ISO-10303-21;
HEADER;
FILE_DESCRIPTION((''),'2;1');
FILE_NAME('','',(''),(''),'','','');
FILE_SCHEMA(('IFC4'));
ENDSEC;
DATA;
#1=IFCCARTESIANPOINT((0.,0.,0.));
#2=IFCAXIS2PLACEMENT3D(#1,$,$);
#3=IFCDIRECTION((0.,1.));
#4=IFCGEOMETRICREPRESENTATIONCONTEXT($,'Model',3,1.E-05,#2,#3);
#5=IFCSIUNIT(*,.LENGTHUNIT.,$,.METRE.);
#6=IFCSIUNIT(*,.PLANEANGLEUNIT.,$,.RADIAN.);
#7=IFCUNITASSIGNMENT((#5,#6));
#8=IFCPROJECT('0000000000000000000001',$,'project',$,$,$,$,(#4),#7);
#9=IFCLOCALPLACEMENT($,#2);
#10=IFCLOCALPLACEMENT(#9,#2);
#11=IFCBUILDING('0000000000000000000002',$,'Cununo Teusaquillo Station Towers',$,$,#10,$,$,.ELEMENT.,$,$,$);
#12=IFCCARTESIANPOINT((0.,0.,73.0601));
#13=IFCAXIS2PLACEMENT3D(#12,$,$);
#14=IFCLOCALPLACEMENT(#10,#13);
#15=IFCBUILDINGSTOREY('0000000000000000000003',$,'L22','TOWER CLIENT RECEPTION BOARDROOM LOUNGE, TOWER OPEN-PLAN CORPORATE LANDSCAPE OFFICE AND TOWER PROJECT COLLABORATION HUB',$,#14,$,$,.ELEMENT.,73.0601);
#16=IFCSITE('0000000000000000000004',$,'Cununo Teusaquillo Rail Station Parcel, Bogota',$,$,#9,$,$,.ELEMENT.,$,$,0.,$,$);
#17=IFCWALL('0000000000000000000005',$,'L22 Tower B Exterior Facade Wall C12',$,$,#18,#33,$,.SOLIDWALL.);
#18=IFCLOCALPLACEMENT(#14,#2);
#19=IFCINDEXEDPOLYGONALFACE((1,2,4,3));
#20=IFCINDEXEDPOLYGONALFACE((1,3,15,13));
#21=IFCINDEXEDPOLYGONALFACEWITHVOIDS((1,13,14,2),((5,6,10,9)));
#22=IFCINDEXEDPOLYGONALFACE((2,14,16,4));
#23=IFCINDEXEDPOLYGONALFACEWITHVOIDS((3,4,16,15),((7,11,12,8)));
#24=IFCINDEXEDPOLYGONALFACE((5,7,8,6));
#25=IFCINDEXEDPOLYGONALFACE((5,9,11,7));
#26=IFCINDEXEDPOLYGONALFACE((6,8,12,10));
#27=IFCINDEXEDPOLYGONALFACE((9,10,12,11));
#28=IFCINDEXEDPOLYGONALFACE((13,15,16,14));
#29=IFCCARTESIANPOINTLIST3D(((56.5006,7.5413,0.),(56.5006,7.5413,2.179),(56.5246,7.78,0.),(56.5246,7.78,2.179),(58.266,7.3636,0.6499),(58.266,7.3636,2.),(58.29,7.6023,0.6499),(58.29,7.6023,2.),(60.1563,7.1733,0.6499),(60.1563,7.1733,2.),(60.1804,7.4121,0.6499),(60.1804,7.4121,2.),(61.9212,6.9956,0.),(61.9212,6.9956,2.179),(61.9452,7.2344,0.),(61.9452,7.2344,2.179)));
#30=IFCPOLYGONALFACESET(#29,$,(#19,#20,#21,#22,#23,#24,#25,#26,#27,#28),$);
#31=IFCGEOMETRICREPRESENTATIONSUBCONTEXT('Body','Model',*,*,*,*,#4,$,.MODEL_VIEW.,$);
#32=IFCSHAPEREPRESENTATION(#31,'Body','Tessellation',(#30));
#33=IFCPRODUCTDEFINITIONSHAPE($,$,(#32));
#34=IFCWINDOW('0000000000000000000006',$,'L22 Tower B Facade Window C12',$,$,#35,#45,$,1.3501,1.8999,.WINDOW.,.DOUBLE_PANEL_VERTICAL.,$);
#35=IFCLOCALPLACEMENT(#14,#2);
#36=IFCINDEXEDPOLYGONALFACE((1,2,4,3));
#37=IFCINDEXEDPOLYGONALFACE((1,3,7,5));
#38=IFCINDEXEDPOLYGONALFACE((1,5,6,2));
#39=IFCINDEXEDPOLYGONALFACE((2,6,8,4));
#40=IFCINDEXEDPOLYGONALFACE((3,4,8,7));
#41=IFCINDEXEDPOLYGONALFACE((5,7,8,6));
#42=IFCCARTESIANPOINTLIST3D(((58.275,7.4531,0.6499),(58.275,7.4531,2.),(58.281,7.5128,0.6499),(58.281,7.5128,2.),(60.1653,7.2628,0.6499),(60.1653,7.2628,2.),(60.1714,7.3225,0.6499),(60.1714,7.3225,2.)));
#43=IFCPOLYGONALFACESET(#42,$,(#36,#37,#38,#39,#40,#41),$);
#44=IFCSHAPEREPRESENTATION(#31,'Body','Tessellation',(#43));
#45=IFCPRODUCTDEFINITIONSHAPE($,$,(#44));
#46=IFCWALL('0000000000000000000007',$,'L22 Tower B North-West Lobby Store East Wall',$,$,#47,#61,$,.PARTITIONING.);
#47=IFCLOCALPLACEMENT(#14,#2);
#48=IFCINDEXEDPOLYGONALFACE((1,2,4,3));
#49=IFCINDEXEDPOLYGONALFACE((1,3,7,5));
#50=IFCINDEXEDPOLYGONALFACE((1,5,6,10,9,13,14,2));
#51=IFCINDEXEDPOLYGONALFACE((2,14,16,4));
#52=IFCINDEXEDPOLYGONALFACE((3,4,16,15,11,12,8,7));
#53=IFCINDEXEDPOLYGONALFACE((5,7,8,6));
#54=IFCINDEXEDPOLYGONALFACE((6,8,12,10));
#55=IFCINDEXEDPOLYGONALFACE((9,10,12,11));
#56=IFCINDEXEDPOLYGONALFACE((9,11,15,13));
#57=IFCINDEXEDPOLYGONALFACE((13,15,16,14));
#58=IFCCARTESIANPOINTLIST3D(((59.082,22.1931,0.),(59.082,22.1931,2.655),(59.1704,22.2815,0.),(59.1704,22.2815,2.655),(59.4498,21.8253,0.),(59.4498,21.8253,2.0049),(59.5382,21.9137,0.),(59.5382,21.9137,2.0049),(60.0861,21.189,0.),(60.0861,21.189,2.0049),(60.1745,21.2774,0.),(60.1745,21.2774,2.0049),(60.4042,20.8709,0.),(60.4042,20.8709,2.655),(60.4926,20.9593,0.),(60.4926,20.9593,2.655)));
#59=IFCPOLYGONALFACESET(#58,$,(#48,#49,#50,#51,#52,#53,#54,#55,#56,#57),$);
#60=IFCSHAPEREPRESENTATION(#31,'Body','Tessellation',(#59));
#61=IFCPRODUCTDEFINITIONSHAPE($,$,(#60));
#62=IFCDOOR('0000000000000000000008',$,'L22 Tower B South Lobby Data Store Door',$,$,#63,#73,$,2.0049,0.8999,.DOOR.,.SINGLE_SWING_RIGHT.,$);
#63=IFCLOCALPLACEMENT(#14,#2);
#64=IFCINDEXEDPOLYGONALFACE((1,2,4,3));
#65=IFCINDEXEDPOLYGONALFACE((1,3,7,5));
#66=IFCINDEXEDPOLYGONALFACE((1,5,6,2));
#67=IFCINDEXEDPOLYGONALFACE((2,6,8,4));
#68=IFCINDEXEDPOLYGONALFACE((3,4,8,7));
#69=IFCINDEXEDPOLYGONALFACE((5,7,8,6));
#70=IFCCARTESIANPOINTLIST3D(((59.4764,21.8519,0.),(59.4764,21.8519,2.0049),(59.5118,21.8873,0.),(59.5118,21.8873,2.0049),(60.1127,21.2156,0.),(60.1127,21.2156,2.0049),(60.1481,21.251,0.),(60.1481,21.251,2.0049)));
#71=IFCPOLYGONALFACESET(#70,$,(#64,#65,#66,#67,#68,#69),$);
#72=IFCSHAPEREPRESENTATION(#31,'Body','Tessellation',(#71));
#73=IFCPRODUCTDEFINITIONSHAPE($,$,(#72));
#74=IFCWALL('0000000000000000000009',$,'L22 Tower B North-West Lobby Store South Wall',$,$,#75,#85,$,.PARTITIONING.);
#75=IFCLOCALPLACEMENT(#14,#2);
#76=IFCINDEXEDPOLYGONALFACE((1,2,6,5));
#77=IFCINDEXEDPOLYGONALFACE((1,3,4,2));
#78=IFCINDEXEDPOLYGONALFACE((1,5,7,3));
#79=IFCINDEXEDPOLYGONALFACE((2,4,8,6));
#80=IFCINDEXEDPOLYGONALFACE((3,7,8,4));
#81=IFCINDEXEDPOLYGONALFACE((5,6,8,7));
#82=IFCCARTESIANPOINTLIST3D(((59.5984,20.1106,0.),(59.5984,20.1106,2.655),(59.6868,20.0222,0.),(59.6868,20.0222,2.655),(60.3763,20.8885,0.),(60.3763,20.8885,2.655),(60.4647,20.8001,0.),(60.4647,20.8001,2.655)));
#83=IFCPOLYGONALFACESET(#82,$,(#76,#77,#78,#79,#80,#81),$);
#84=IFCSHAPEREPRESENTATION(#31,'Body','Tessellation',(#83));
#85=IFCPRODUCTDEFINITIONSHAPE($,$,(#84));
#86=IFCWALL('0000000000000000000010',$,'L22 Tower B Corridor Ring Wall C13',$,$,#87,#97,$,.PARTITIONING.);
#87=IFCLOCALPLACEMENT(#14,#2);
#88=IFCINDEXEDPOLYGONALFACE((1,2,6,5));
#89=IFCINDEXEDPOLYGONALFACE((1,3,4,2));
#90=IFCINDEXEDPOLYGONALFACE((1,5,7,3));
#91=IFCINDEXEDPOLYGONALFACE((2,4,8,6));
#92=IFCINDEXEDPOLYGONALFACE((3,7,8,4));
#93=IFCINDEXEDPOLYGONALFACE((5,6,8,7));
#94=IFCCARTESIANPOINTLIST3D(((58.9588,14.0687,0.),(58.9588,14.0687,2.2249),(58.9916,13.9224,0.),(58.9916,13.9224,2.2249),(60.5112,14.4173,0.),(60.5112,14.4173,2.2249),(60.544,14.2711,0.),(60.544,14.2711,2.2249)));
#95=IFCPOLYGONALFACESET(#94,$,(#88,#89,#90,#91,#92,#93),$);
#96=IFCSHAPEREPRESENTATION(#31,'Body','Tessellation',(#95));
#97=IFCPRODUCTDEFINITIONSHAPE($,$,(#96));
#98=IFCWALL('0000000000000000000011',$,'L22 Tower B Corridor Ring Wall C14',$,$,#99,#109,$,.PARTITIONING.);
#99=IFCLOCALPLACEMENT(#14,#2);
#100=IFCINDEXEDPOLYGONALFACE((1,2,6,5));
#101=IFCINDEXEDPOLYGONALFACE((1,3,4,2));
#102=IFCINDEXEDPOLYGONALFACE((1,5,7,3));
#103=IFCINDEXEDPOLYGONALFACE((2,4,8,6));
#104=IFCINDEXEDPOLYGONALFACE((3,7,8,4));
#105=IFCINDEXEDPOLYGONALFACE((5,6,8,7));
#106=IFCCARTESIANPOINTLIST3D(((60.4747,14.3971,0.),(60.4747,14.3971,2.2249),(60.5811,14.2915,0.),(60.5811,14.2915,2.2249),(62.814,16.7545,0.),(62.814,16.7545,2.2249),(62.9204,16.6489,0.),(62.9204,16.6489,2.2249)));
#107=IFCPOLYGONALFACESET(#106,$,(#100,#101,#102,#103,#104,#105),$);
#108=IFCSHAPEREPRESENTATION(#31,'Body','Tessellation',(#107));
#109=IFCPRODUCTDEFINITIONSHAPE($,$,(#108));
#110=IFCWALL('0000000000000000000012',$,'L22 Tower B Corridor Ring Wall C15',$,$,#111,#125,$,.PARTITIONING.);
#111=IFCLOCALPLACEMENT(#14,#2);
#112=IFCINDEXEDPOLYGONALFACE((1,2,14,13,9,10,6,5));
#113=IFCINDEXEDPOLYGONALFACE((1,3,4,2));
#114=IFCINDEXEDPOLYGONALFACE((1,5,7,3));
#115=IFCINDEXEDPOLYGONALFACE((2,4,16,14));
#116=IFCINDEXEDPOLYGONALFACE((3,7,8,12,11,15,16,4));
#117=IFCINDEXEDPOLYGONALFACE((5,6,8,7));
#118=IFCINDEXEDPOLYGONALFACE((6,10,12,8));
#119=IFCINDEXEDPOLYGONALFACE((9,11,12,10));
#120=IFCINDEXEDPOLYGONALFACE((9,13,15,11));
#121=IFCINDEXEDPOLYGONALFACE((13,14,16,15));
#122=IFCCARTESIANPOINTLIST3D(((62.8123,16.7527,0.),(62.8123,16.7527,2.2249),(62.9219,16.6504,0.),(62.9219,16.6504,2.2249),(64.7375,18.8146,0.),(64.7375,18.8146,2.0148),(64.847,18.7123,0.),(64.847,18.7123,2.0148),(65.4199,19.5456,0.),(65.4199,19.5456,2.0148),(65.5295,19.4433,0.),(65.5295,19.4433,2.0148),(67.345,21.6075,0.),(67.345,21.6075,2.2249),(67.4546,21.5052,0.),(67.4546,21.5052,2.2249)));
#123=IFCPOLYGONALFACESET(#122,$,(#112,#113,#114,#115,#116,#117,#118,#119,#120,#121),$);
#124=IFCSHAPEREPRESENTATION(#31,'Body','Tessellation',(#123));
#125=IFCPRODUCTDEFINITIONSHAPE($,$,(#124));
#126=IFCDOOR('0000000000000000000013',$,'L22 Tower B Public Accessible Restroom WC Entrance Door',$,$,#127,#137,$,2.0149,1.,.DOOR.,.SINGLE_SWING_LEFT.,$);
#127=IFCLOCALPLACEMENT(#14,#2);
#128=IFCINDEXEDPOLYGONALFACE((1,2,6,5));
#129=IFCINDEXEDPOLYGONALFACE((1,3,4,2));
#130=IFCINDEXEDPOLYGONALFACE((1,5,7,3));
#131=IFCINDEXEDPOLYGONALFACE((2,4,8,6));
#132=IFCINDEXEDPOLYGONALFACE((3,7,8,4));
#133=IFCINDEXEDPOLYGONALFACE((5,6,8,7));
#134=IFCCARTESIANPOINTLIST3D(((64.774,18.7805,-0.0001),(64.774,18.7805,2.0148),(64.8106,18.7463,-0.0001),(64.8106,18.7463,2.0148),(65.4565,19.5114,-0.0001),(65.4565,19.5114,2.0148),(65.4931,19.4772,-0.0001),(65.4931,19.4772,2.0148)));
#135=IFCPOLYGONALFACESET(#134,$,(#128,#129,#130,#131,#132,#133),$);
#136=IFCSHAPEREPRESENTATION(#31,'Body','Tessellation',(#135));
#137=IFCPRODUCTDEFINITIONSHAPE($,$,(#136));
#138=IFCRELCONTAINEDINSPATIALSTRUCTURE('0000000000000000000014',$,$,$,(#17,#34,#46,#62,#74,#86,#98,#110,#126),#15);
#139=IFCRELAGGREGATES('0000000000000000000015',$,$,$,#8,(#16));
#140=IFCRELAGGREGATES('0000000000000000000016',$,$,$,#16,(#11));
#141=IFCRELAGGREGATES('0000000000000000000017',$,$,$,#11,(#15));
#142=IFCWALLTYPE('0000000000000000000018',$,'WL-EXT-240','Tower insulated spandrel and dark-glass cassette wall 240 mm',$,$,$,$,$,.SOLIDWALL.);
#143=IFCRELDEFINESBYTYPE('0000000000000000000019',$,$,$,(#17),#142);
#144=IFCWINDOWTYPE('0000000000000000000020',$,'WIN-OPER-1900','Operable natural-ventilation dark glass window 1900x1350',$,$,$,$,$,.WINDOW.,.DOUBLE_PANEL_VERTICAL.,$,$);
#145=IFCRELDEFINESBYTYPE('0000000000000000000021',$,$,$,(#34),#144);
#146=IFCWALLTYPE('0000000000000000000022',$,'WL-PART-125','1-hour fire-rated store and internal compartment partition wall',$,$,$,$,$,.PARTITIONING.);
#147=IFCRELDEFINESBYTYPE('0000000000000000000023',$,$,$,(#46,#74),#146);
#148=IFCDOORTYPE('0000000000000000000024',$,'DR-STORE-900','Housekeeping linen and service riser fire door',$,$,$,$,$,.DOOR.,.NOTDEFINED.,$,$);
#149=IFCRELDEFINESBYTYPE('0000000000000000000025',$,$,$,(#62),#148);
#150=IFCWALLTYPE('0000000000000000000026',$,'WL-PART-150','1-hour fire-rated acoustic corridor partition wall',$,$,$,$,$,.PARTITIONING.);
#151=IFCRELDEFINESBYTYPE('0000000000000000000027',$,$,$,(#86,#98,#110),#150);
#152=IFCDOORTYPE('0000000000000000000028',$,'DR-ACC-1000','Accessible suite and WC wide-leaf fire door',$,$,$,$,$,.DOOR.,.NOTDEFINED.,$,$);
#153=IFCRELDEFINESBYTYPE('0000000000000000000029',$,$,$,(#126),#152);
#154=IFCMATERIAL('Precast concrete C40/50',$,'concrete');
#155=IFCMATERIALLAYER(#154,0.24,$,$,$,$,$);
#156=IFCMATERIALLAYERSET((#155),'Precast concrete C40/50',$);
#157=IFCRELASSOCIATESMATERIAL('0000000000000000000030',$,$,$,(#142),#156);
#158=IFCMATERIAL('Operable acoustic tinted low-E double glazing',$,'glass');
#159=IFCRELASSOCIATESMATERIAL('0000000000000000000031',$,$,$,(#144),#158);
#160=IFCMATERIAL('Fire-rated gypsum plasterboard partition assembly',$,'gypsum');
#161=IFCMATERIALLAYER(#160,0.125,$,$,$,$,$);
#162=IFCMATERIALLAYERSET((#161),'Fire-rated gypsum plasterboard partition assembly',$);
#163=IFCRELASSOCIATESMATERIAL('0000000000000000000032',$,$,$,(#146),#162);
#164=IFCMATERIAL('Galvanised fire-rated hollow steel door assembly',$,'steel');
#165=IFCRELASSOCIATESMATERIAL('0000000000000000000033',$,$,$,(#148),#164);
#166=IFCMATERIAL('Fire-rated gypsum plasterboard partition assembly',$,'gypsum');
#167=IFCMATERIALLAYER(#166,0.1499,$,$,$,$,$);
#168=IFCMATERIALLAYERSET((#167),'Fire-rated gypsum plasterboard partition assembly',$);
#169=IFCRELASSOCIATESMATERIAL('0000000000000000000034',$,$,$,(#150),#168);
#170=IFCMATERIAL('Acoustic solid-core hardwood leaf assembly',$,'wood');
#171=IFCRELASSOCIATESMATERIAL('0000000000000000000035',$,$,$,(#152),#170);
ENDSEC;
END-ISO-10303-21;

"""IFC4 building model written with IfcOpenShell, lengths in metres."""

from ifc_helpers import new_model, si_unit, direction, frame, frame_2d, origin, place, context, subcontext, project, spatial, rectangle, extrude, source, transform, mapped, material, layer, layer_set, type_object, element, fill, save


model = new_model("IFC4")

# Units and contexts
model_context = context("Model", 3, precision=1e-05, world=origin(), true_north=direction((0.0, 1.0)))
body_context = subcontext(model_context, "Body", "Model", "MODEL_VIEW")
ifc_project = project(units=[si_unit("LENGTHUNIT", "METRE"), si_unit("PLANEANGLEUNIT", "RADIAN")], contexts=[model_context])

# Site, building, storey
site_placement = place(None, origin())
site = spatial("IfcSite", under=ifc_project, at=site_placement, Name="Cununo Teusaquillo Rail Station Parcel, Bogota", CompositionType="ELEMENT", RefElevation=0.0)
building_placement = place(site_placement, origin())
building = spatial("IfcBuilding", under=site, at=building_placement, Name="Cununo Teusaquillo Station Towers", CompositionType="ELEMENT")
storey_placement = place(building_placement, frame((0.0, 0.0, 73.0601)))
storey = spatial("IfcBuildingStorey", under=building, at=storey_placement, Name="L22", Description="TOWER CLIENT RECEPTION BOARDROOM LOUNGE, TOWER OPEN-PLAN CORPORATE LANDSCAPE OFFICE AND TOWER PROJECT COLLABORATION HUB", CompositionType="ELEMENT", Elevation=73.0601)

# Wall, opening, window
ifc_material_1 = material(Name="Precast concrete C40/50", Category="concrete")
ifc_layer_1 = layer(ifc_material_1, 0.24)
ifc_layer_set_1 = layer_set([ifc_layer_1], Name="Precast concrete C40/50")
wall_type_1 = type_object("IfcWallType", Name="WL-EXT-240", Description="Tower insulated spandrel and dark-glass cassette wall 240 mm", PredefinedType="SOLIDWALL", material=ifc_layer_set_1)
wall_1_placement = place(storey_placement, frame((61.9333, 7.115, 0.0), z_axis=(0.0, 0.0, 1.0), x_axis=(-0.994972, 0.100156, 0.0)))
wall_1 = element("IfcWall", 1, at=wall_1_placement, inside=storey, type_object=wall_type_1, Name="L22 Tower B Exterior Facade Wall C12", PredefinedType="SOLIDWALL", context=body_context, shape_type="SweptSolid", body=[
    extrude(rectangle(XDim=5.448, YDim=0.24, at=frame_2d((2.7241, 0.0))), origin(), (0.0, 0.0, 1.0), 2.179),
])
shared_shape_1 = source(origin(), body_context, "Body", "SweptSolid", [
    extrude(rectangle(XDim=1.8999, YDim=1.3501, at=frame_2d((0.95, 0.675))), frame((0.0, 0.1299, 0.0), z_axis=(0.0, -1.0, 0.0), x_axis=(1.0, 0.0, 0.0)), (0.0, 0.0, 1.0), 0.26),
])
opening_1_placement = place(wall_1_placement, frame((1.7739, 0.0, 0.6499)))
opening_1 = element("IfcOpeningElement", 2, at=opening_1_placement, cuts=wall_1, PredefinedType="OPENING", context=body_context, shape_type="MappedRepresentation", body=[
    mapped(shared_shape_1, transform((0.0, 0.0, 0.0), x_axis=(1.0, 0.0, 0.0), y_axis=(0.0, 1.0, 0.0), z_axis=(0.0, 0.0, 1.0), scale=1.0)),
])
ifc_material_2 = material(Name="Operable acoustic tinted low-E double glazing", Category="glass")
window_type = type_object("IfcWindowType", Name="WIN-OPER-1900", Description="Operable natural-ventilation dark glass window 1900x1350", PartitioningType="DOUBLE_PANEL_VERTICAL", PredefinedType="WINDOW", material=ifc_material_2)
shared_shape_2 = source(origin(), body_context, "Body", "SweptSolid", [
    extrude(rectangle(XDim=1.8999, YDim=1.3501, at=frame_2d((0.95, 0.675))), frame((0.0, 0.03, 0.0), z_axis=(0.0, -1.0, 0.0), x_axis=(1.0, 0.0, 0.0)), (0.0, 0.0, 1.0), 0.0601),
])
window_placement = place(opening_1_placement, origin())
window = element("IfcWindow", 3, at=window_placement, inside=storey, type_object=window_type, Name="L22 Tower B Facade Window C12", OverallHeight=1.3501, OverallWidth=1.8999, PartitioningType="DOUBLE_PANEL_VERTICAL", PredefinedType="WINDOW", context=body_context, shape_type="MappedRepresentation", body=[
    mapped(shared_shape_2, transform((0.0, 0.0, 0.0), x_axis=(1.0, 0.0, 0.0), y_axis=(0.0, 1.0, 0.0), z_axis=(0.0, 0.0, 1.0), scale=1.0)),
])
fill(opening_1, window)

# Wall, opening, door
ifc_material_3 = material(Name="Fire-rated gypsum plasterboard partition assembly", Category="gypsum")
ifc_layer_2 = layer(ifc_material_3, 0.125)
ifc_layer_set_2 = layer_set([ifc_layer_2], Name="Fire-rated gypsum plasterboard partition assembly")
wall_type_2 = type_object("IfcWallType", Name="WL-PART-125", Description="1-hour fire-rated store and internal compartment partition wall", PredefinedType="PARTITIONING", material=ifc_layer_set_2)
wall_2_placement = place(storey_placement, frame((60.4485, 20.915, 0.0), z_axis=(0.0, 0.0, 1.0), x_axis=(-0.707107, 0.707107, 0.0)))
wall_2 = element("IfcWall", 4, at=wall_2_placement, inside=storey, type_object=wall_type_2, Name="L22 Tower B North-West Lobby Store East Wall", PredefinedType="PARTITIONING", context=body_context, shape_type="SweptSolid", body=[
    extrude(rectangle(XDim=1.8699, YDim=0.125, at=frame_2d((0.9351, 0.0))), origin(), (0.0, 0.0, 1.0), 2.655),
])
shared_shape_3 = source(origin(), body_context, "Body", "SweptSolid", [
    extrude(rectangle(XDim=0.8999, YDim=2.0049, at=frame_2d((0.45, 1.0024))), frame((0.0, 0.0725, 0.0), z_axis=(0.0, -1.0, 0.0), x_axis=(1.0, 0.0, 0.0)), (0.0, 0.0, 1.0), 0.145),
])
opening_2_placement = place(wall_2_placement, frame((0.45, 0.0, 0.0)))
opening_2 = element("IfcOpeningElement", 5, at=opening_2_placement, cuts=wall_2, PredefinedType="OPENING", context=body_context, shape_type="MappedRepresentation", body=[
    mapped(shared_shape_3, transform((0.0, 0.0, 0.0), x_axis=(1.0, 0.0, 0.0), y_axis=(0.0, 1.0, 0.0), z_axis=(0.0, 0.0, 1.0), scale=1.0)),
])
ifc_material_4 = material(Name="Galvanised fire-rated hollow steel door assembly", Category="steel")
door_type_1 = type_object("IfcDoorType", Name="DR-STORE-900", Description="Housekeeping linen and service riser fire door", OperationType="NOTDEFINED", PredefinedType="DOOR", material=ifc_material_4)
shared_shape_4 = source(origin(), body_context, "Body", "SweptSolid", [
    extrude(rectangle(XDim=0.8999, YDim=2.0049, at=frame_2d((0.45, 1.0024))), frame((0.0, 0.0249, 0.0), z_axis=(0.0, -1.0, 0.0), x_axis=(1.0, 0.0, 0.0)), (0.0, 0.0, 1.0), 0.05),
])
door_1_placement = place(opening_2_placement, origin())
door_1 = element("IfcDoor", 6, at=door_1_placement, inside=storey, type_object=door_type_1, Name="L22 Tower B South Lobby Data Store Door", OperationType="SINGLE_SWING_RIGHT", OverallHeight=2.0049, OverallWidth=0.8999, PredefinedType="DOOR", context=body_context, shape_type="MappedRepresentation", body=[
    mapped(shared_shape_4, transform((0.0, 0.0, 0.0), x_axis=(1.0, 0.0, 0.0), y_axis=(0.0, 1.0, 0.0), z_axis=(0.0, 0.0, 1.0), scale=1.0)),
])
fill(opening_2, door_1)

# Walls
wall_3_placement = place(storey_placement, frame((59.6426, 20.0664, 0.0), z_axis=(0.0, 0.0, 1.0), x_axis=(0.707107, 0.707107, 0.0)))
element("IfcWall", 7, at=wall_3_placement, inside=storey, type_object=wall_type_2, Name="L22 Tower B North-West Lobby Store South Wall", PredefinedType="PARTITIONING", context=body_context, shape_type="SweptSolid", body=[
    extrude(rectangle(XDim=1.1001, YDim=0.125, at=frame_2d((0.55, 0.0))), origin(), (0.0, 0.0, 1.0), 2.655),
])
ifc_material_5 = material(Name="Fire-rated gypsum plasterboard partition assembly", Category="gypsum")
ifc_layer_3 = layer(ifc_material_5, 0.1499)
ifc_layer_set_3 = layer_set([ifc_layer_3], Name="Fire-rated gypsum plasterboard partition assembly")
wall_type_3 = type_object("IfcWallType", Name="WL-PART-150", Description="1-hour fire-rated acoustic corridor partition wall", PredefinedType="PARTITIONING", material=ifc_layer_set_3)
wall_4_placement = place(storey_placement, frame((58.9753, 13.9956, 0.0), z_axis=(0.0, 0.0, 1.0), x_axis=(0.975701, 0.219107, 0.0)))
element("IfcWall", 8, at=wall_4_placement, inside=storey, type_object=wall_type_3, Name="L22 Tower B Corridor Ring Wall C13", PredefinedType="PARTITIONING", context=body_context, shape_type="SweptSolid", body=[
    extrude(rectangle(XDim=1.5911, YDim=0.1499, at=frame_2d((0.7954, 0.0))), origin(), (0.0, 0.0, 1.0), 2.2249),
])
wall_5_placement = place(storey_placement, frame((60.5278, 14.3442, 0.0), z_axis=(0.0, 0.0, 1.0), x_axis=(0.704382, 0.709821, 0.0)))
element("IfcWall", 9, at=wall_5_placement, inside=storey, type_object=wall_type_3, Name="L22 Tower B Corridor Ring Wall C14", PredefinedType="PARTITIONING", context=body_context, shape_type="SweptSolid", body=[
    extrude(rectangle(XDim=3.321, YDim=0.1499, at=frame_2d((1.6606, 0.0))), origin(), (0.0, 0.0, 1.0), 2.2249),
])

# Wall, opening, door
wall_6_placement = place(storey_placement, frame((62.8672, 16.7017, 0.0), z_axis=(0.0, 0.0, 1.0), x_axis=(0.682449, 0.730933, 0.0)))
wall_6 = element("IfcWall", 10, at=wall_6_placement, inside=storey, type_object=wall_type_3, Name="L22 Tower B Corridor Ring Wall C15", PredefinedType="PARTITIONING", context=body_context, shape_type="SweptSolid", body=[
    extrude(rectangle(XDim=6.6418, YDim=0.1499, at=frame_2d((3.3208, 0.0))), origin(), (0.0, 0.0, 1.0), 2.2249),
])
shared_shape_5 = source(origin(), body_context, "Body", "SweptSolid", [
    extrude(rectangle(XDim=1.0, YDim=2.0149, at=frame_2d((0.5, 1.0073))), frame((0.0, 0.085, 0.0), z_axis=(0.0, -1.0, 0.0), x_axis=(1.0, 0.0, 0.0)), (0.0, 0.0, 1.0), 0.1699),
])
opening_3_placement = place(wall_6_placement, frame((2.8208, 0.0, 0.0)))
opening_3 = element("IfcOpeningElement", 11, at=opening_3_placement, cuts=wall_6, PredefinedType="OPENING", context=body_context, shape_type="MappedRepresentation", body=[
    mapped(shared_shape_5, transform((0.0, 0.0, 0.0), x_axis=(1.0, 0.0, 0.0), y_axis=(0.0, 1.0, 0.0), z_axis=(0.0, 0.0, 1.0), scale=1.0)),
])
ifc_material_6 = material(Name="Acoustic solid-core hardwood leaf assembly", Category="wood")
door_type_2 = type_object("IfcDoorType", Name="DR-ACC-1000", Description="Accessible suite and WC wide-leaf fire door", OperationType="NOTDEFINED", PredefinedType="DOOR", material=ifc_material_6)
shared_shape_6 = source(origin(), body_context, "Body", "SweptSolid", [
    extrude(rectangle(XDim=1.0, YDim=2.0149, at=frame_2d((0.5, 1.0073))), frame((0.0, 0.0249, 0.0), z_axis=(0.0, -1.0, 0.0), x_axis=(1.0, 0.0, 0.0)), (0.0, 0.0, 1.0), 0.05),
])
door_2_placement = place(opening_3_placement, origin())
door_2 = element("IfcDoor", 12, at=door_2_placement, inside=storey, type_object=door_type_2, Name="L22 Tower B Public Accessible Restroom WC Entrance Door", OperationType="SINGLE_SWING_LEFT", OverallHeight=2.0149, OverallWidth=1.0, PredefinedType="DOOR", context=body_context, shape_type="MappedRepresentation", body=[
    mapped(shared_shape_6, transform((0.0, 0.0, 0.0), x_axis=(1.0, 0.0, 0.0), y_axis=(0.0, 1.0, 0.0), z_axis=(0.0, 0.0, 1.0), scale=1.0)),
])
fill(opening_3, door_2)

save(model, "model.ifc")
